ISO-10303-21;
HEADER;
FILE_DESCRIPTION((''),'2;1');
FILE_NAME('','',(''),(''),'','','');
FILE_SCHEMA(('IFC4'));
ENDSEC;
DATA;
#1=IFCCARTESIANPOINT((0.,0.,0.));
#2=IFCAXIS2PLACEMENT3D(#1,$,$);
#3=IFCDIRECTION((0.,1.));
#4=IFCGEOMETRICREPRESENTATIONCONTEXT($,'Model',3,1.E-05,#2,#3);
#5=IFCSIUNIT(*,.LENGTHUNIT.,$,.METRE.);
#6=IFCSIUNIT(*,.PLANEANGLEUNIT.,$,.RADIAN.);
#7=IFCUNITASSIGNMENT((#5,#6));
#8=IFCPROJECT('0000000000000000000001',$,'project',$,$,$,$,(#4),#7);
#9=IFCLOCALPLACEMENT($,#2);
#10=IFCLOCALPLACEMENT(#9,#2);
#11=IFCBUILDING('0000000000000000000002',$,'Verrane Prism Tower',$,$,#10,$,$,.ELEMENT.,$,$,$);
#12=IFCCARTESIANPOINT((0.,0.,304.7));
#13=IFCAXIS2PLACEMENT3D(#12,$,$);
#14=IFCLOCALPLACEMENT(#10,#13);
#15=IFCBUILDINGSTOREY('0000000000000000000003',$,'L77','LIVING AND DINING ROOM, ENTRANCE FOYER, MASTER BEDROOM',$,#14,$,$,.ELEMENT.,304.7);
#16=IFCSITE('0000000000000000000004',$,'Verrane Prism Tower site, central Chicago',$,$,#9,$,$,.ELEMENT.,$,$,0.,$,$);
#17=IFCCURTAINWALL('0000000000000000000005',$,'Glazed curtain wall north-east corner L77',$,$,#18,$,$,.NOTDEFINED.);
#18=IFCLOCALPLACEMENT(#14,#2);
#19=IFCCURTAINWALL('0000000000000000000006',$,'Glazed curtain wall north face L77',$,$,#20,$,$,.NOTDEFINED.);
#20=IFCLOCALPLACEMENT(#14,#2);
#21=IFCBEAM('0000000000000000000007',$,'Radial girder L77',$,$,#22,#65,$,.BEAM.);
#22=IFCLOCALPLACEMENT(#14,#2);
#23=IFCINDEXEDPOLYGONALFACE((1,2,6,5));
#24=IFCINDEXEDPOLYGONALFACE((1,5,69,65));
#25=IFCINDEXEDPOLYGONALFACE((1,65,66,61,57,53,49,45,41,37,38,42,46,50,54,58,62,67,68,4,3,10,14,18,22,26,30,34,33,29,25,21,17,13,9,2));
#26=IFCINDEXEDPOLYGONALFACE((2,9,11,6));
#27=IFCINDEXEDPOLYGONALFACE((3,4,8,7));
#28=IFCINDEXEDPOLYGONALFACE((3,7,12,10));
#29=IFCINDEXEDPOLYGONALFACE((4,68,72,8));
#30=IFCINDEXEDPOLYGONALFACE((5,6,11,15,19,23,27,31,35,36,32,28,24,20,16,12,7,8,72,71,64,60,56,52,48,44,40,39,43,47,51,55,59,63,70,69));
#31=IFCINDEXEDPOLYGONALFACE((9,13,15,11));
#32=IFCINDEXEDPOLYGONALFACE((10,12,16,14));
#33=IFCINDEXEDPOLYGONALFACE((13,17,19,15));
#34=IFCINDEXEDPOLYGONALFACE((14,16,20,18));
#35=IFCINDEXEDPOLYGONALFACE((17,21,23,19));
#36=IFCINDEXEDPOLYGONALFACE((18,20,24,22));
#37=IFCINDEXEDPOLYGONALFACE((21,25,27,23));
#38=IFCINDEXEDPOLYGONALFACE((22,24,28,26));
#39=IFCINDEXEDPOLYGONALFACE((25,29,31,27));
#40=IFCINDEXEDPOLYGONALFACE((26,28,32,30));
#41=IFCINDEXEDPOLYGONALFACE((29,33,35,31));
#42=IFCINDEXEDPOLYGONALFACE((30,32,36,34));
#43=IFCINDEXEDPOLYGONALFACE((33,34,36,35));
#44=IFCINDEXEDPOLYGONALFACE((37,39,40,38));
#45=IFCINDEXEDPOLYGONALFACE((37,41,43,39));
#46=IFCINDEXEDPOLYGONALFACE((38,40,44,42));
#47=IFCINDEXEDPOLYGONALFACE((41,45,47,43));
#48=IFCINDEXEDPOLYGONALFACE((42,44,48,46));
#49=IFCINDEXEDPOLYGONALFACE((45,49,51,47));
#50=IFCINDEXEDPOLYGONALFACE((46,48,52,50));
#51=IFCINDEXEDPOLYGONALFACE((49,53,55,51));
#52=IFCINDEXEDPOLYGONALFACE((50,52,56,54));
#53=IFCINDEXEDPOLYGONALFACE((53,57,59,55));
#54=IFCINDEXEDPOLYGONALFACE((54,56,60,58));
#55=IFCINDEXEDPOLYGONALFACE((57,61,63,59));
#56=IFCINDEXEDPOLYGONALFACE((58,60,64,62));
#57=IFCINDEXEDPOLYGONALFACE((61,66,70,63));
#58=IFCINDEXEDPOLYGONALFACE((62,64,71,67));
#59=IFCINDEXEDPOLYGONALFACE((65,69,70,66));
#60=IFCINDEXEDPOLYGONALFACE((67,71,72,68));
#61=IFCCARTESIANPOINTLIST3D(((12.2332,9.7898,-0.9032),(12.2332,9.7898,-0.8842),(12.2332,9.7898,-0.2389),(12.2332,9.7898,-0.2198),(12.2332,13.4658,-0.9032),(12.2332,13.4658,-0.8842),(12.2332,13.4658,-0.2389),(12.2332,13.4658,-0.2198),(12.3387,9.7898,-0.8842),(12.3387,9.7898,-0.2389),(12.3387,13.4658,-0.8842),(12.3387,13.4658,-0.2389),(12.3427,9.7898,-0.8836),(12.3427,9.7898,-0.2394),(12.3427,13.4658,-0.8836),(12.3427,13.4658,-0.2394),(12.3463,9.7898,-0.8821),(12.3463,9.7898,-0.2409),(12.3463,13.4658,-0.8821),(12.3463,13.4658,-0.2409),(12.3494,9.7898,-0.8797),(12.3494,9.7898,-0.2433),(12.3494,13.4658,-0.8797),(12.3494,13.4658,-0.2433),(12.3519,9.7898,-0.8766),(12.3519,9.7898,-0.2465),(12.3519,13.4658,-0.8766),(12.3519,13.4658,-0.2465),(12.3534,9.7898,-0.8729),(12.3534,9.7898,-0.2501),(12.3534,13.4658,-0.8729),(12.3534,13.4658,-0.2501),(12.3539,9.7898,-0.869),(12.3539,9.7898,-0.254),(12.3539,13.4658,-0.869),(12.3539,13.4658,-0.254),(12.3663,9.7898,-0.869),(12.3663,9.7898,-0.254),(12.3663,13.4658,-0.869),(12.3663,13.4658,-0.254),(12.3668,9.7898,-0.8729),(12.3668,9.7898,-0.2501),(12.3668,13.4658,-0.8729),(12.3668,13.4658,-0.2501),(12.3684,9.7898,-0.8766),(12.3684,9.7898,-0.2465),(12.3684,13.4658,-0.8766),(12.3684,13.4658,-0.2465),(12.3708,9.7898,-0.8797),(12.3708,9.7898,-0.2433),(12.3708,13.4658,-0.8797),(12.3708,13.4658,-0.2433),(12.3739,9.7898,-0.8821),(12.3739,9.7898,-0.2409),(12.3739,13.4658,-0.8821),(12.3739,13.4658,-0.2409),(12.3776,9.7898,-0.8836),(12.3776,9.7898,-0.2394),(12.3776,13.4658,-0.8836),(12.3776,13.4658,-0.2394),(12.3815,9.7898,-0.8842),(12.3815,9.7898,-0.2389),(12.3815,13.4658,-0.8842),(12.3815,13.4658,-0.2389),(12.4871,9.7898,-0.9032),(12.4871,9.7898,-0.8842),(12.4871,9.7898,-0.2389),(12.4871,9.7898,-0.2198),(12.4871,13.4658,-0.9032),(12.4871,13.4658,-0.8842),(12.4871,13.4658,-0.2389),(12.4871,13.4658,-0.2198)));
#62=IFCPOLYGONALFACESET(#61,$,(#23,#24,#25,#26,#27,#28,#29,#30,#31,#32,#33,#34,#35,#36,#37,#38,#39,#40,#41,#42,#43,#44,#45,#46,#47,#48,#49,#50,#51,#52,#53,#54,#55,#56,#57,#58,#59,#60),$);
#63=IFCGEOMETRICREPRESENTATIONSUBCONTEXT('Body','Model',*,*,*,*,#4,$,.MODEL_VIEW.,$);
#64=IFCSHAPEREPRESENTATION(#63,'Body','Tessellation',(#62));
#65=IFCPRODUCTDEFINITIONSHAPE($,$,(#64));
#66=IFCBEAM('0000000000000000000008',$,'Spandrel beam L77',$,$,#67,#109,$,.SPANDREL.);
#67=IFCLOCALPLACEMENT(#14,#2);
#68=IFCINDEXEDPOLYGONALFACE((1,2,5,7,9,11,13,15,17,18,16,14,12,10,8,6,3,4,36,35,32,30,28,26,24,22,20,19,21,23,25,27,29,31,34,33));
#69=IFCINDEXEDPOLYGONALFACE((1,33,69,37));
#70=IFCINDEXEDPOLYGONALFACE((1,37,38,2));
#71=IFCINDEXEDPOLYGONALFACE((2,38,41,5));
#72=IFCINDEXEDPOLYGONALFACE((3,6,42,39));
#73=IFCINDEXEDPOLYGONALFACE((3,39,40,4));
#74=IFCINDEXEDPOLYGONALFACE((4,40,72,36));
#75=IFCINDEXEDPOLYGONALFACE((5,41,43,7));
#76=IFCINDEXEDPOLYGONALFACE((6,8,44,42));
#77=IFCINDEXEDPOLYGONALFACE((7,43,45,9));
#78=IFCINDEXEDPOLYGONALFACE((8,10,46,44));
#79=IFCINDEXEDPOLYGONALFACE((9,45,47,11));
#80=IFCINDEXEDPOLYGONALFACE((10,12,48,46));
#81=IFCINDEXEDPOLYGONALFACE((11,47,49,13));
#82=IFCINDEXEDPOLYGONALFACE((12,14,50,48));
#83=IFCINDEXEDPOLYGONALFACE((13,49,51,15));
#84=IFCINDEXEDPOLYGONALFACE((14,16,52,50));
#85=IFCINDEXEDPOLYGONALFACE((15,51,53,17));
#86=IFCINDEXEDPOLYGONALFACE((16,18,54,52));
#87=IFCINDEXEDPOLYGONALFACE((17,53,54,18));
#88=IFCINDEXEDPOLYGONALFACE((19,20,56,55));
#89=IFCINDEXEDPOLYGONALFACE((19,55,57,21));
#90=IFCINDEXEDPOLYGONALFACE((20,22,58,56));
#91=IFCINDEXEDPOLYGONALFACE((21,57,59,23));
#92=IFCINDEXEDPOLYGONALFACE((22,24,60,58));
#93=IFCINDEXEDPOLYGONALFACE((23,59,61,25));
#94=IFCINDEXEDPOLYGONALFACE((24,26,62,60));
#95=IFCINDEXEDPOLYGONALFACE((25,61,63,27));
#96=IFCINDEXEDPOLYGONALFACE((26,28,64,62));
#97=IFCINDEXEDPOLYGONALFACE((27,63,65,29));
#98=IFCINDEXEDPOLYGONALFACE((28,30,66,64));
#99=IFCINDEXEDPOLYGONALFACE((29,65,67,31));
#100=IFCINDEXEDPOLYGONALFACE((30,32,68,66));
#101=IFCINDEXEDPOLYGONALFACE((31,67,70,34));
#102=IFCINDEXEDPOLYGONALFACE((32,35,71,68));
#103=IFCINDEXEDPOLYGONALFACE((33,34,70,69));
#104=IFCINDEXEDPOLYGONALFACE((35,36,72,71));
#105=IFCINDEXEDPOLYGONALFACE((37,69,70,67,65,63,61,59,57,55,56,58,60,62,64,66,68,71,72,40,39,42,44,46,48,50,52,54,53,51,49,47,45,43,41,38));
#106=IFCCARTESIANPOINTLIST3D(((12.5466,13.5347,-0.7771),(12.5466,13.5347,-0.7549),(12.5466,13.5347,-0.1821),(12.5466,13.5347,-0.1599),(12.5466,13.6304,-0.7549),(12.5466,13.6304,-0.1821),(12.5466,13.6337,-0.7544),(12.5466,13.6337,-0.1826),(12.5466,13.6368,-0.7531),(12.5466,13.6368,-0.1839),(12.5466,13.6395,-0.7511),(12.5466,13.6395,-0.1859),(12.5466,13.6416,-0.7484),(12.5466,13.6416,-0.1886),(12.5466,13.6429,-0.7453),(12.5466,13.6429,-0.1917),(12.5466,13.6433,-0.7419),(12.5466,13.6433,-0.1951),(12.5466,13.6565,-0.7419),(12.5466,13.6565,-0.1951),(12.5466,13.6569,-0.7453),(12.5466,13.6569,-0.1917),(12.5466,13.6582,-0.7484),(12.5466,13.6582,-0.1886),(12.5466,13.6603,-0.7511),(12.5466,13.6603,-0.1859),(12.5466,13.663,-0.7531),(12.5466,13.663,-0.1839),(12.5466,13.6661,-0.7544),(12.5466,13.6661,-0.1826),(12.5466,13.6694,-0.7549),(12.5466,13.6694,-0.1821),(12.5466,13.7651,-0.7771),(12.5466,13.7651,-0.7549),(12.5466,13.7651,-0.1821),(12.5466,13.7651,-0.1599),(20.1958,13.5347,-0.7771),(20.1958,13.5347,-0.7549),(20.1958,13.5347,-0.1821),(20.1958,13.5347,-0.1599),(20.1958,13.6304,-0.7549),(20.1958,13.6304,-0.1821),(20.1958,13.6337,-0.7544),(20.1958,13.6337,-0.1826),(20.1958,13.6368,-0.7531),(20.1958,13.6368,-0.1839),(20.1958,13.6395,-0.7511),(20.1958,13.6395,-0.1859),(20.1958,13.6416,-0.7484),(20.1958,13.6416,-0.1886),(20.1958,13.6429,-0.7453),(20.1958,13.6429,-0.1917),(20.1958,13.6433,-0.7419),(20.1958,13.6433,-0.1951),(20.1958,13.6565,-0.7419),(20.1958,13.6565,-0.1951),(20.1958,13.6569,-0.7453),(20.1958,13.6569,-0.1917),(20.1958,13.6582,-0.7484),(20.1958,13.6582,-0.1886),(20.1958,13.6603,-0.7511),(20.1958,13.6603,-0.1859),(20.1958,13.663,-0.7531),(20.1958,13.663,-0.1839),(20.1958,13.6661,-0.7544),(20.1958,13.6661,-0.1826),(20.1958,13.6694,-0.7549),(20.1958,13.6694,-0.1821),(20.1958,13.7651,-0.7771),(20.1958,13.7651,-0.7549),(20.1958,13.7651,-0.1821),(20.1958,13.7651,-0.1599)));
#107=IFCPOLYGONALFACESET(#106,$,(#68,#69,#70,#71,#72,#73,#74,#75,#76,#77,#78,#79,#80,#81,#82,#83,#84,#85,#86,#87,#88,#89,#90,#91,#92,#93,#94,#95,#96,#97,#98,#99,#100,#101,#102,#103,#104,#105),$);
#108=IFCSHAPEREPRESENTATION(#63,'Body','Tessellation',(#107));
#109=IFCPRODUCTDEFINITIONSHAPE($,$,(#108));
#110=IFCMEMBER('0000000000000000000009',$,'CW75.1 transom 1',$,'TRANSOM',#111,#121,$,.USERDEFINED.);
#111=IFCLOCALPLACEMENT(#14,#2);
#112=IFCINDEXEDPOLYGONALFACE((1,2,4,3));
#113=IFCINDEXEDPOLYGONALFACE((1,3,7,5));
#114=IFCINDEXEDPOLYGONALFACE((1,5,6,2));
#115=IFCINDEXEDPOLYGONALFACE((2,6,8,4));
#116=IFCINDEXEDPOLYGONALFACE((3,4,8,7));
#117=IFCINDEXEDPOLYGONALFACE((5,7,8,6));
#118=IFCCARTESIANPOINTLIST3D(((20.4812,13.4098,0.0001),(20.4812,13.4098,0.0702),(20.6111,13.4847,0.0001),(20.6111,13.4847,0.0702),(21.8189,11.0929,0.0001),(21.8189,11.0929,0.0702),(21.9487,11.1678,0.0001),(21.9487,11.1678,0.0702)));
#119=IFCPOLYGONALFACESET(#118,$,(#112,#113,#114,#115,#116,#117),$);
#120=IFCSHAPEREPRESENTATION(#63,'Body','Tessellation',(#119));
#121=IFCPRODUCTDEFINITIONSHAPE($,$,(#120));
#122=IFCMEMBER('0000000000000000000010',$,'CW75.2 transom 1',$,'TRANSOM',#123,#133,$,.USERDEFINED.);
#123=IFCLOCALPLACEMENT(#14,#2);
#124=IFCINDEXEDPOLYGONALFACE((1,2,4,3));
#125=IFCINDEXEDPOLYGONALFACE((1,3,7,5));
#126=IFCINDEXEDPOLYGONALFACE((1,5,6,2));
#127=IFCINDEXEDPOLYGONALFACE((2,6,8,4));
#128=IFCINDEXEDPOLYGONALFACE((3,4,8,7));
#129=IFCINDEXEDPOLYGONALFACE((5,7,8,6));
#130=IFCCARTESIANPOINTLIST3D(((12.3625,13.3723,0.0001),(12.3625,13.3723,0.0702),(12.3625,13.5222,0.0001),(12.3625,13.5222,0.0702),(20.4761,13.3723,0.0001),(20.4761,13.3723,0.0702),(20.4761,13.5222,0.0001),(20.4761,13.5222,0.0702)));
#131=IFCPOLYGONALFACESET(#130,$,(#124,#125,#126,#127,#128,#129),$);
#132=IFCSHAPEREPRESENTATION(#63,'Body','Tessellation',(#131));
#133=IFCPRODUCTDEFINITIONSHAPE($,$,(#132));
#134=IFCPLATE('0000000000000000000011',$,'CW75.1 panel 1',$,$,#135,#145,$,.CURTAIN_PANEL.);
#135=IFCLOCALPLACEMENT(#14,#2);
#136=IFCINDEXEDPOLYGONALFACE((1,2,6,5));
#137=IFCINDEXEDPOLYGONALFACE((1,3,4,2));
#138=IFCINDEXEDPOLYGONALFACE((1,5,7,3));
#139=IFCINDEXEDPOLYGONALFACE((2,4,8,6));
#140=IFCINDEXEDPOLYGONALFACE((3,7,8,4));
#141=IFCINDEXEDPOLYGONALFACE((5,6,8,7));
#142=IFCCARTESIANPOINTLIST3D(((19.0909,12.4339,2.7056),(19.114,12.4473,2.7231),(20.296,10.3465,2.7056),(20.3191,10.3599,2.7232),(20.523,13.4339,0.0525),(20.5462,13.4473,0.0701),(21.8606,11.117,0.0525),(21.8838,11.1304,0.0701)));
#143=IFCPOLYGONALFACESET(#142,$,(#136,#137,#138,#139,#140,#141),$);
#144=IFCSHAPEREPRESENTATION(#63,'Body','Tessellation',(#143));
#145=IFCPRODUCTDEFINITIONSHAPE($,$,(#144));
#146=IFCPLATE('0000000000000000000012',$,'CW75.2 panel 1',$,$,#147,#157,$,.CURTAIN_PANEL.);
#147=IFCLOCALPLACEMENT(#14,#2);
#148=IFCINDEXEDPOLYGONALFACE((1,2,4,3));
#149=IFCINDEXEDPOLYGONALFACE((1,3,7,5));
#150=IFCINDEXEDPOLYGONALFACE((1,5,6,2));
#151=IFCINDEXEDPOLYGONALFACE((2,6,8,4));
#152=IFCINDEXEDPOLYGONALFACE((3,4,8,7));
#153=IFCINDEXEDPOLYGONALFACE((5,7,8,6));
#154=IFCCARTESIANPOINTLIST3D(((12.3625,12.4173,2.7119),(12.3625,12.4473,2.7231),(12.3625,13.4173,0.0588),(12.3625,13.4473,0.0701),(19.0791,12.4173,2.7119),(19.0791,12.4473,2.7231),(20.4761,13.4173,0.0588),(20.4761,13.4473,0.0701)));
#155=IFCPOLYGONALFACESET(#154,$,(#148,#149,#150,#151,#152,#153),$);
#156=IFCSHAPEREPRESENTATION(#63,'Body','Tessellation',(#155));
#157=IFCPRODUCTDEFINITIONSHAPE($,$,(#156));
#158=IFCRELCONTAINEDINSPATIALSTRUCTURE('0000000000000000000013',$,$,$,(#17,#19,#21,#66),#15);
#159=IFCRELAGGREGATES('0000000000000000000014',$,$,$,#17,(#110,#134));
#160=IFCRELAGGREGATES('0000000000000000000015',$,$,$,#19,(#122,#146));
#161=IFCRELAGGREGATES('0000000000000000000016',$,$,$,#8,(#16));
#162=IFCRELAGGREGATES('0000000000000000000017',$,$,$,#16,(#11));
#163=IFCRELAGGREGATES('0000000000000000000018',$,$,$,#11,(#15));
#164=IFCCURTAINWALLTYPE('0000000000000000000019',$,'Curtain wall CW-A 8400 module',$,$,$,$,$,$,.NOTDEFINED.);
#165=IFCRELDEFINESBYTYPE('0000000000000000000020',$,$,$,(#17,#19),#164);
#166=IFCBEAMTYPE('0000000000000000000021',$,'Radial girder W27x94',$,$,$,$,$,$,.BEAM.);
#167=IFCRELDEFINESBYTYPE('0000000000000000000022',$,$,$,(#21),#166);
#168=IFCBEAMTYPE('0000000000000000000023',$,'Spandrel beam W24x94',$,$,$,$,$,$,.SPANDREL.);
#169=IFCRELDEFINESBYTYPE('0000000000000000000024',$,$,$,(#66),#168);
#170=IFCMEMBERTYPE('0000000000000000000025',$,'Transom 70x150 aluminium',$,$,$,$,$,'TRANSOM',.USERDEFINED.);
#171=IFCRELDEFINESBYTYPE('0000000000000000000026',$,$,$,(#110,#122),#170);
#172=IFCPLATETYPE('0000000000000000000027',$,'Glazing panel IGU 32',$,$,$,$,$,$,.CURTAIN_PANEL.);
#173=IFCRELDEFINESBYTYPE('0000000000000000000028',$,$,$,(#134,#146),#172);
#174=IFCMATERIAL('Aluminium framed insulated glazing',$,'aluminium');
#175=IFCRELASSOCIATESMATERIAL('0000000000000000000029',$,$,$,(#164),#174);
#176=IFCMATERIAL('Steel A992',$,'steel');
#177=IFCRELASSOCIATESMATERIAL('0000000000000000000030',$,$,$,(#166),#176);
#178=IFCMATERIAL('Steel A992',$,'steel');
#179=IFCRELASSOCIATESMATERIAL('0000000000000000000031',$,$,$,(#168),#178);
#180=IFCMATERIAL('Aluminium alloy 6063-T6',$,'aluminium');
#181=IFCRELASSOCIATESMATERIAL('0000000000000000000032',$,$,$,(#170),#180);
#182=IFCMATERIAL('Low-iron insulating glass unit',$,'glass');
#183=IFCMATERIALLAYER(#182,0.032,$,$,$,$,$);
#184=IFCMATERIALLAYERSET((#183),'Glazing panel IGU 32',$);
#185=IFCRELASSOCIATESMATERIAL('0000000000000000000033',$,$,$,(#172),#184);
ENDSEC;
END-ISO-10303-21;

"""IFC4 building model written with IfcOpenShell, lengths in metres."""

from ifc_helpers import new_model, si_unit, direction, frame, origin, origin_2d, place, context, subcontext, project, spatial, polyline, rectangle, i_section, outline, extrude, material, layer, layer_set, material_profile, profile_set, type_object, element, aggregate, save


model = new_model("IFC4")

# Units and contexts
model_context = context("Model", 3, precision=1e-05, world=origin(), true_north=direction((0.0, 1.0)))
body_context = subcontext(model_context, "Body", "Model", "MODEL_VIEW")
ifc_project = project(units=[si_unit("LENGTHUNIT", "METRE"), si_unit("PLANEANGLEUNIT", "RADIAN")], contexts=[model_context])

# Site, building, storey
site_placement = place(None, origin())
site = spatial("IfcSite", under=ifc_project, at=site_placement, Name="Verrane Prism Tower site, central Chicago", CompositionType="ELEMENT", RefElevation=0.0)
building_placement = place(site_placement, origin())
building = spatial("IfcBuilding", under=site, at=building_placement, Name="Verrane Prism Tower", CompositionType="ELEMENT")
storey_placement = place(building_placement, frame((0.0, 0.0, 304.7)))
storey = spatial("IfcBuildingStorey", under=building, at=storey_placement, Name="L77", Description="LIVING AND DINING ROOM, ENTRANCE FOYER, MASTER BEDROOM", CompositionType="ELEMENT", Elevation=304.7)

# Curtain walls
ifc_material_1 = material(Name="Aluminium framed insulated glazing", Category="aluminium")
curtain_wall_type = type_object("IfcCurtainWallType", Name="Curtain wall CW-A 8400 module", PredefinedType="NOTDEFINED", material=ifc_material_1)
curtain_wall_1_placement = place(storey_placement, origin())
curtain_wall_1 = element("IfcCurtainWall", 1, at=curtain_wall_1_placement, inside=storey, type_object=curtain_wall_type, Name="Glazed curtain wall north-east corner L77", PredefinedType="NOTDEFINED")
curtain_wall_2_placement = place(storey_placement, origin())
curtain_wall_2 = element("IfcCurtainWall", 2, at=curtain_wall_2_placement, inside=storey, type_object=curtain_wall_type, Name="Glazed curtain wall north face L77", PredefinedType="NOTDEFINED")

# Beams
ifc_material_2 = material(Name="Steel A992", Category="steel")
ifc_material_profile_1 = material_profile(ifc_material_2, i_section(OverallWidth=0.2539, OverallDepth=0.6833, WebThickness=0.0125, FlangeThickness=0.019, FilletRadius=0.0151, at=origin_2d()), Name="W27x94")
ifc_profile_set_1 = profile_set([ifc_material_profile_1], Name="Steel A992")
beam_type_1 = type_object("IfcBeamType", Name="Radial girder W27x94", PredefinedType="BEAM", material=ifc_profile_set_1)
beam_1_placement = place(storey_placement, frame((12.3601, 13.4658, -0.5615), z_axis=(0.0, -1.0, 0.0), x_axis=(1.0, 0.0, 0.0)))
element("IfcBeam", 3, at=beam_1_placement, inside=storey, type_object=beam_type_1, Name="Radial girder L77", PredefinedType="BEAM", context=body_context, shape_type="SweptSolid", body=[
    extrude(i_section(OverallWidth=0.2539, OverallDepth=0.6833, WebThickness=0.0125, FlangeThickness=0.019, FilletRadius=0.0151, at=origin_2d()), origin(), (0.0, 0.0, 1.0), 3.676),
])
ifc_material_3 = material(Name="Steel A992", Category="steel")
ifc_material_profile_2 = material_profile(ifc_material_3, i_section(OverallWidth=0.2305, OverallDepth=0.6172, WebThickness=0.0132, FlangeThickness=0.0222, FilletRadius=0.0129, at=origin_2d()), Name="W24x94")
ifc_profile_set_2 = profile_set([ifc_material_profile_2], Name="Steel A992")
beam_type_2 = type_object("IfcBeamType", Name="Spandrel beam W24x94", PredefinedType="SPANDREL", material=ifc_profile_set_2)
beam_2_placement = place(storey_placement, frame((20.1958, 13.6499, -0.4685), z_axis=(-1.0, 0.0, 0.0), x_axis=(0.0, -1.0, 0.0)))
element("IfcBeam", 4, at=beam_2_placement, inside=storey, type_object=beam_type_2, Name="Spandrel beam L77", PredefinedType="SPANDREL", context=body_context, shape_type="SweptSolid", body=[
    extrude(i_section(OverallWidth=0.2305, OverallDepth=0.6172, WebThickness=0.0132, FlangeThickness=0.0222, FilletRadius=0.0129, at=origin_2d()), origin(), (0.0, 0.0, 1.0), 7.6492),
])

# Members
ifc_material_4 = material(Name="Aluminium alloy 6063-T6", Category="aluminium")
ifc_material_profile_3 = material_profile(ifc_material_4, rectangle(XDim=0.1499, YDim=0.0701, at=origin_2d()), Name="Transom 70x150 aluminium")
ifc_profile_set_3 = profile_set([ifc_material_profile_3], Name="Aluminium alloy 6063-T6")
member_type_1 = type_object("IfcMemberType", Name="Transom 70x150 aluminium", ElementType="TRANSOM", PredefinedType="USERDEFINED", material=ifc_profile_set_3)
member_1_placement = place(storey_placement, frame((21.8838, 11.1304, 0.0352), z_axis=(-0.499996, 0.866028, 0.0), x_axis=(-0.866028, -0.499996, 0.0)))
member_1 = element("IfcMember", 5, at=member_1_placement, type_object=member_type_1, Name="CW75.1 transom 1", ObjectType="TRANSOM", PredefinedType="USERDEFINED", context=body_context, shape_type="SweptSolid", body=[
    extrude(rectangle(XDim=0.1499, YDim=0.0701, at=origin_2d()), origin(), (0.0, 0.0, 1.0), 2.6753),
])
member_2_placement = place(storey_placement, frame((20.4761, 13.4473, 0.0352), z_axis=(-1.0, 0.0, 0.0), x_axis=(0.0, -1.0, 0.0)))
member_2 = element("IfcMember", 6, at=member_2_placement, type_object=member_type_1, Name="CW75.2 transom 1", ObjectType="TRANSOM", PredefinedType="USERDEFINED", context=body_context, shape_type="SweptSolid", body=[
    extrude(rectangle(XDim=0.1499, YDim=0.0701, at=origin_2d()), origin(), (0.0, 0.0, 1.0), 8.1135),
])

# Plates
ifc_material_5 = material(Name="Low-iron insulating glass unit", Category="glass")
ifc_layer_1 = layer(ifc_material_5, 0.032)
ifc_layer_set_1 = layer_set([ifc_layer_1], Name="Glazing panel IGU 32")
plate_type = type_object("IfcPlateType", Name="Glazing panel IGU 32", PredefinedType="CURTAIN_PANEL", material=ifc_layer_set_1)
plate_1_placement = place(storey_placement, frame((21.8838, 11.1304, 0.0701), z_axis=(0.724145, 0.418069, 0.548482), x_axis=(-0.499989, 0.866032, 0.000006)))
plate_1 = element("IfcPlate", 7, at=plate_1_placement, type_object=plate_type, Name="CW75.1 panel 1", PredefinedType="CURTAIN_PANEL", context=body_context, shape_type="SweptSolid", body=[
    extrude(outline(polyline([(0.0, 0.0), (2.6753, 0.0), (2.5253, 3.1729), (0.1151, 3.1729), (0.0, 0.0)])), origin(), (0.0, 0.0, -1.0), 0.032),
])
aggregate(curtain_wall_1, [member_1, plate_1])
plate_2_placement = place(storey_placement, frame((20.4761, 13.4473, 0.0701), z_axis=(0.0, 0.935737, 0.352699), x_axis=(-1.0, 0.0, 0.0)))
plate_2 = element("IfcPlate", 8, at=plate_2_placement, type_object=plate_type, Name="CW75.2 panel 1", PredefinedType="CURTAIN_PANEL", context=body_context, shape_type="SweptSolid", body=[
    extrude(outline(polyline([(0.0, 0.0), (8.1135, 0.0), (8.1135, 2.8353), (1.397, 2.8353), (0.0, 0.0)])), origin(), (0.0, 0.0, -1.0), 0.032),
])
aggregate(curtain_wall_2, [member_2, plate_2])

save(model, "model.ifc")
